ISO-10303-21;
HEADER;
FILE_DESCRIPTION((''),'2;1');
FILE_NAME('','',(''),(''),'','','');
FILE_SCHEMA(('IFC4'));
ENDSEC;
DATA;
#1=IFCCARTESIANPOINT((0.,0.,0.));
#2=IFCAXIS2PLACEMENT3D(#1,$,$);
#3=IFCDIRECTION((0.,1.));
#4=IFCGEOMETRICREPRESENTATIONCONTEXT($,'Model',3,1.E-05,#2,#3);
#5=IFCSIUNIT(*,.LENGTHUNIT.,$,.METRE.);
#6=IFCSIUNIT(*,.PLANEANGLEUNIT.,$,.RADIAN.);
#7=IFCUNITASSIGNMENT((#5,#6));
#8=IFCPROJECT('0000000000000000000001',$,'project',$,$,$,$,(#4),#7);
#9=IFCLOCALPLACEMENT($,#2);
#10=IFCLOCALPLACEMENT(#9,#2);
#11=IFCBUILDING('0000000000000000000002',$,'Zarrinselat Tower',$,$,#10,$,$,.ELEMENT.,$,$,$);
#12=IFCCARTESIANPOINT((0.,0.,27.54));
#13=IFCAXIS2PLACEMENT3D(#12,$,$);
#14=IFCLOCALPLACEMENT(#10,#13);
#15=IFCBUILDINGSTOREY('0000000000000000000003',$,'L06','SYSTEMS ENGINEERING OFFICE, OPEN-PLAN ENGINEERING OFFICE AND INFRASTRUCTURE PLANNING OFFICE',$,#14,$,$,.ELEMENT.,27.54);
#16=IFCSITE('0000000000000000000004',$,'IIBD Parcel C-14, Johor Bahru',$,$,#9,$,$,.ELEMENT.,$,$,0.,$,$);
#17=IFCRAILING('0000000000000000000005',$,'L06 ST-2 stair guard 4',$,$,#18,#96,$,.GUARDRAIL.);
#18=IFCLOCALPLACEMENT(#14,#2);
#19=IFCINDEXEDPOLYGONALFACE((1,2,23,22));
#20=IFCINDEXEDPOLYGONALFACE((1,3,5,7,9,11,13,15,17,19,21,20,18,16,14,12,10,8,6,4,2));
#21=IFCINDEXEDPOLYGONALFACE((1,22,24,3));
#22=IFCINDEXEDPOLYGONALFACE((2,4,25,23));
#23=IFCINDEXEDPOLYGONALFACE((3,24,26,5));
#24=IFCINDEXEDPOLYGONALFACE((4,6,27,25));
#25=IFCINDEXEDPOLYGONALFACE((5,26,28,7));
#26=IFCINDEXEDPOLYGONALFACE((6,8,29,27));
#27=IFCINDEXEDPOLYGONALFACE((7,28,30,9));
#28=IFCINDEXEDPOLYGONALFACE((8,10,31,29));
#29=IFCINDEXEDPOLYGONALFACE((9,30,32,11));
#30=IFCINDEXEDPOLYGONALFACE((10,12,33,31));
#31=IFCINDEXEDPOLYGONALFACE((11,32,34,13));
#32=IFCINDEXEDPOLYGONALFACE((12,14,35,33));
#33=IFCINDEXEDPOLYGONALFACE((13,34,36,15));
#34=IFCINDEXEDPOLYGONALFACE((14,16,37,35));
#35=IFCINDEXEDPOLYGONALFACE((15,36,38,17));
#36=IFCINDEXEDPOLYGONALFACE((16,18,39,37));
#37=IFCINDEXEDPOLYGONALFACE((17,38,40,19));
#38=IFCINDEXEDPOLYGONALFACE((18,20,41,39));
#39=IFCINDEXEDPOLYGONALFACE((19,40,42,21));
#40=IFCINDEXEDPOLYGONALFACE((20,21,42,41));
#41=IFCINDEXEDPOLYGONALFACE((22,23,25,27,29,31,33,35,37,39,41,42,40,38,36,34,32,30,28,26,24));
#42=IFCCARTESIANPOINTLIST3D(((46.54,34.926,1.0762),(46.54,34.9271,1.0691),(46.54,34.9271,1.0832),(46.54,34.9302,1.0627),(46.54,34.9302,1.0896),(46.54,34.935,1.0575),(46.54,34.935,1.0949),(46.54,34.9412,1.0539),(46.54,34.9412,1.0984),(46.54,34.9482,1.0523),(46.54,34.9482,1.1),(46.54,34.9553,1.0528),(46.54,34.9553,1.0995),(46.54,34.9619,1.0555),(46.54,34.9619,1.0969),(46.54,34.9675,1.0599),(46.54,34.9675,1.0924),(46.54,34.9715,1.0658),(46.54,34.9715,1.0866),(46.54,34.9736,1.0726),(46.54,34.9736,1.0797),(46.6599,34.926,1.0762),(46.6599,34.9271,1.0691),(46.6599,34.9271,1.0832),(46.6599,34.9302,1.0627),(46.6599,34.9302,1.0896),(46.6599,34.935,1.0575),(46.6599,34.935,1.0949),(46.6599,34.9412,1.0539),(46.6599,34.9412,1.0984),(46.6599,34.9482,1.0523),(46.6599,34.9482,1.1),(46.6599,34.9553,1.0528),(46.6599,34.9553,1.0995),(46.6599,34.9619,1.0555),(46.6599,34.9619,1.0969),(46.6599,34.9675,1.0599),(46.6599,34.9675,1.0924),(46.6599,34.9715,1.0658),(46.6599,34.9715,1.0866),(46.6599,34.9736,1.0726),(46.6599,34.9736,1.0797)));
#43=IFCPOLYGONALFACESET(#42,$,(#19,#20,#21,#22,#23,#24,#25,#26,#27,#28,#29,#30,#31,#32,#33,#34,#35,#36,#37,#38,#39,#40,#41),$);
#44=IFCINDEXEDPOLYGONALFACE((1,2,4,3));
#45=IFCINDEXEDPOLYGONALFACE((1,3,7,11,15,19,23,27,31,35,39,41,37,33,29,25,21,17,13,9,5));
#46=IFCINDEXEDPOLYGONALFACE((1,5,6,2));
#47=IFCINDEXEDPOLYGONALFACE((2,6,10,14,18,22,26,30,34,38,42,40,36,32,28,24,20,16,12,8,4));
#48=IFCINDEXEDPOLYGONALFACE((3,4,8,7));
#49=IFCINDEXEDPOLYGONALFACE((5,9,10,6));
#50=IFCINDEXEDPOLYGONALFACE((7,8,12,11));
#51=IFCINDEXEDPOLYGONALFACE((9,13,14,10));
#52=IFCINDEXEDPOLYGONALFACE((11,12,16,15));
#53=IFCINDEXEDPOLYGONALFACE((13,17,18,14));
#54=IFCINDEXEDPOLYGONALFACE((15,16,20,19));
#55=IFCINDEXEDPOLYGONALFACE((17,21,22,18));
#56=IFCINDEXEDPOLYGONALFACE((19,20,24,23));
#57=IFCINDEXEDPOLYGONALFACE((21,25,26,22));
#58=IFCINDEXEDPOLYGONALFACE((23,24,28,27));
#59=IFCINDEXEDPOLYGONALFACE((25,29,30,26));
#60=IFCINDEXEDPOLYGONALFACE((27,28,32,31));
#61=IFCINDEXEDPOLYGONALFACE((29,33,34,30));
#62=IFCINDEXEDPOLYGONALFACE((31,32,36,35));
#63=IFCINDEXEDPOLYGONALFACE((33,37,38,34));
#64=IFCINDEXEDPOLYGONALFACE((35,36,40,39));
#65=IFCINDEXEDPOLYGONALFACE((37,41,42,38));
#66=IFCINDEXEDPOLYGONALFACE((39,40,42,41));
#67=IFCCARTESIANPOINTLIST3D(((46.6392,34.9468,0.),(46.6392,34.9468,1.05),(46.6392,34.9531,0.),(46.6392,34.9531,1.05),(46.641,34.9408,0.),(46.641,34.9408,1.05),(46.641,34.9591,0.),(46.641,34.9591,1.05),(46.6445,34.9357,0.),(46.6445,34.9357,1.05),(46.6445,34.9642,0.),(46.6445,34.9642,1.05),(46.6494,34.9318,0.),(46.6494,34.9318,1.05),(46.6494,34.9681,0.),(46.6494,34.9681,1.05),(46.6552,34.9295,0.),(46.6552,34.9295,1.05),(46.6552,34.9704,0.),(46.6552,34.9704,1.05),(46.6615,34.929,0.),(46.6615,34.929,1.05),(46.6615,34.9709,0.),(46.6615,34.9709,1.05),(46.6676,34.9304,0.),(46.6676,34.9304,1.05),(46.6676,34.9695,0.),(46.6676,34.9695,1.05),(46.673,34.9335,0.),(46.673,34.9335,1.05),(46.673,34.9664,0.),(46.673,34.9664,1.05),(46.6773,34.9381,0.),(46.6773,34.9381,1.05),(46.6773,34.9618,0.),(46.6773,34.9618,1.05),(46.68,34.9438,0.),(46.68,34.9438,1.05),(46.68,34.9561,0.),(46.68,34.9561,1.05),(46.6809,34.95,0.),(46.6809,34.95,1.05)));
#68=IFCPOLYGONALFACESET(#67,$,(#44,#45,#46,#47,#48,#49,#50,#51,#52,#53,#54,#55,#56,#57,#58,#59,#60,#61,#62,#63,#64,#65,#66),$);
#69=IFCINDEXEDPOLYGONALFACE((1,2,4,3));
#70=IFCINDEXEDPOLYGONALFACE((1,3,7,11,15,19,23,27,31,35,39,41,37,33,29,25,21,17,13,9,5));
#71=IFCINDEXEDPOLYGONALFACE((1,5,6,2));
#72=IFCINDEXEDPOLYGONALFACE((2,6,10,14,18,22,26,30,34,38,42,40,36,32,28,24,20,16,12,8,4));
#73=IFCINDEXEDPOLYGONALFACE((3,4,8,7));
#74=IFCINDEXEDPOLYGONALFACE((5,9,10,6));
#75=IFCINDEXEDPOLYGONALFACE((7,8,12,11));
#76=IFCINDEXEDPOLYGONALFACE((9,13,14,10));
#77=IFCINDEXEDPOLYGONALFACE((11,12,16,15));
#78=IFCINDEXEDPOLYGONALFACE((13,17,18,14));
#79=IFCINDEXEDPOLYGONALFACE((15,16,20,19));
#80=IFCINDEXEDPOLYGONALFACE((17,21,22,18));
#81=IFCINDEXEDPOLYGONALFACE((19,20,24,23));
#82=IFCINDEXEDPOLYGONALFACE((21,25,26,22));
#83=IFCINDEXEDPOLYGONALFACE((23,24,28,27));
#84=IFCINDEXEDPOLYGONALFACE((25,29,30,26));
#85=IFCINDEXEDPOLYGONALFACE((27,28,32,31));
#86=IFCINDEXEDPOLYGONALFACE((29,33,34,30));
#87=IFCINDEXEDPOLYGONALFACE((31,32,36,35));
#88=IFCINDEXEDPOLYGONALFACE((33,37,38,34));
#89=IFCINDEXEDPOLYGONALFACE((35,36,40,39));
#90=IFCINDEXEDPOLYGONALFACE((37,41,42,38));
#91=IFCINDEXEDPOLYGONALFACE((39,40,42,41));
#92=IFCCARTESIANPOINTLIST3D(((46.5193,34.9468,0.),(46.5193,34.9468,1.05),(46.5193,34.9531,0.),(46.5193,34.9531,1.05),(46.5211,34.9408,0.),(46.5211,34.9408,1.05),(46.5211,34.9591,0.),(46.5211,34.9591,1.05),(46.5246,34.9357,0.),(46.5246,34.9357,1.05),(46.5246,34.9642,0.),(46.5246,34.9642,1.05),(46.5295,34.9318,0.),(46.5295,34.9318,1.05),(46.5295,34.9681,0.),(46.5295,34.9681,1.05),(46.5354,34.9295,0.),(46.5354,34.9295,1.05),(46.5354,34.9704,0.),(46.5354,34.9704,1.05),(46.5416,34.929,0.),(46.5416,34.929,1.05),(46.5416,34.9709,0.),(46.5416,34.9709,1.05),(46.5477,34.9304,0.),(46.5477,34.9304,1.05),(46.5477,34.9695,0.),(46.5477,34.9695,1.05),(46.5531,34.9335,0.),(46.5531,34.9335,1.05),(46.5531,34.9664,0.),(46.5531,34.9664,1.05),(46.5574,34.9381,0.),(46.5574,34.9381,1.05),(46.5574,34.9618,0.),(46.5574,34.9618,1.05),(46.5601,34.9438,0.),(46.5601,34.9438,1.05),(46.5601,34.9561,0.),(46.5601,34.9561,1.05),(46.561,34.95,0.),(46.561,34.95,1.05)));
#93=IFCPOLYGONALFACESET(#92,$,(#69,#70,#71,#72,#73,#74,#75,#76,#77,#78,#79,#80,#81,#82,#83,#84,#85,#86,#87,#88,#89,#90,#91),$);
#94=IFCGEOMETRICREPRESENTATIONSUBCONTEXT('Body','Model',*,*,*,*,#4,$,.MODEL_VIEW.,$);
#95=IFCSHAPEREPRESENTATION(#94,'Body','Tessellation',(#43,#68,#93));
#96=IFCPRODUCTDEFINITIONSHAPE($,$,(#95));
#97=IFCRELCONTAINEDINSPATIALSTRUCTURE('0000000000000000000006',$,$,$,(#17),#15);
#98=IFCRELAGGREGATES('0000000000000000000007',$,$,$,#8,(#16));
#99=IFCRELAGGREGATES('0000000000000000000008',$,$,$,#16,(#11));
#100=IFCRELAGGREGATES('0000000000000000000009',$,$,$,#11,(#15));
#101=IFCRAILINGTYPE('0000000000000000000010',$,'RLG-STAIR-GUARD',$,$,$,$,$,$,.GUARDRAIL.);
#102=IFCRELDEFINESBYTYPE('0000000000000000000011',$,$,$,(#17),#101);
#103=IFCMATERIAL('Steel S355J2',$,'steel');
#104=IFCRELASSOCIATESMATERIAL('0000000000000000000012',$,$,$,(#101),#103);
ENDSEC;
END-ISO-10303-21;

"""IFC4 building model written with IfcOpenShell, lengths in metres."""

from ifc_helpers import new_model, si_unit, direction, frame, origin, origin_2d, place, context, subcontext, project, spatial, circle, extrude, material, type_object, element, save


model = new_model("IFC4")

# Units and contexts
model_context = context("Model", 3, precision=1e-05, world=origin(), true_north=direction((0.0, 1.0)))
body_context = subcontext(model_context, "Body", "Model", "MODEL_VIEW")
ifc_project = project(units=[si_unit("LENGTHUNIT", "METRE"), si_unit("PLANEANGLEUNIT", "RADIAN")], contexts=[model_context])

# Site, building, storey
site_placement = place(None, origin())
site = spatial("IfcSite", under=ifc_project, at=site_placement, Name="IIBD Parcel C-14, Johor Bahru", CompositionType="ELEMENT", RefElevation=0.0)
building_placement = place(site_placement, origin())
building = spatial("IfcBuilding", under=site, at=building_placement, Name="Zarrinselat Tower", CompositionType="ELEMENT")
storey_placement = place(building_placement, frame((0.0, 0.0, 27.54)))
storey = spatial("IfcBuildingStorey", under=building, at=storey_placement, Name="L06", Description="SYSTEMS ENGINEERING OFFICE, OPEN-PLAN ENGINEERING OFFICE AND INFRASTRUCTURE PLANNING OFFICE", CompositionType="ELEMENT", Elevation=27.54)

# Railing
ifc_material_1 = material(Name="Steel S355J2", Category="steel")
railing_type_1 = type_object("IfcRailingType", Name="RLG-STAIR-GUARD", PredefinedType="GUARDRAIL", material=ifc_material_1)
railing_1_placement = place(storey_placement, frame((46.6599, 34.95, 0.0)))
element("IfcRailing", 1, at=railing_1_placement, inside=storey, type_object=railing_type_1, Name="L06 ST-2 stair guard 4", PredefinedType="GUARDRAIL", context=body_context, shape_type="SweptSolid", body=[
    extrude(circle(Radius=0.0239, at=origin_2d()), frame((0.0, 0.0, 1.0762), z_axis=(-1.0, 0.0, 0.0), x_axis=(0.0, -1.0, 0.0)), (0.0, 0.0, 1.0), 0.1199),
    extrude(circle(Radius=0.021, at=origin_2d()), origin(), (0.0, 0.0, 1.0), 1.05),
    extrude(circle(Radius=0.021, at=origin_2d()), frame((-0.1199, 0.0, 0.0)), (0.0, 0.0, 1.0), 1.05),
])

save(model, "model.ifc")
